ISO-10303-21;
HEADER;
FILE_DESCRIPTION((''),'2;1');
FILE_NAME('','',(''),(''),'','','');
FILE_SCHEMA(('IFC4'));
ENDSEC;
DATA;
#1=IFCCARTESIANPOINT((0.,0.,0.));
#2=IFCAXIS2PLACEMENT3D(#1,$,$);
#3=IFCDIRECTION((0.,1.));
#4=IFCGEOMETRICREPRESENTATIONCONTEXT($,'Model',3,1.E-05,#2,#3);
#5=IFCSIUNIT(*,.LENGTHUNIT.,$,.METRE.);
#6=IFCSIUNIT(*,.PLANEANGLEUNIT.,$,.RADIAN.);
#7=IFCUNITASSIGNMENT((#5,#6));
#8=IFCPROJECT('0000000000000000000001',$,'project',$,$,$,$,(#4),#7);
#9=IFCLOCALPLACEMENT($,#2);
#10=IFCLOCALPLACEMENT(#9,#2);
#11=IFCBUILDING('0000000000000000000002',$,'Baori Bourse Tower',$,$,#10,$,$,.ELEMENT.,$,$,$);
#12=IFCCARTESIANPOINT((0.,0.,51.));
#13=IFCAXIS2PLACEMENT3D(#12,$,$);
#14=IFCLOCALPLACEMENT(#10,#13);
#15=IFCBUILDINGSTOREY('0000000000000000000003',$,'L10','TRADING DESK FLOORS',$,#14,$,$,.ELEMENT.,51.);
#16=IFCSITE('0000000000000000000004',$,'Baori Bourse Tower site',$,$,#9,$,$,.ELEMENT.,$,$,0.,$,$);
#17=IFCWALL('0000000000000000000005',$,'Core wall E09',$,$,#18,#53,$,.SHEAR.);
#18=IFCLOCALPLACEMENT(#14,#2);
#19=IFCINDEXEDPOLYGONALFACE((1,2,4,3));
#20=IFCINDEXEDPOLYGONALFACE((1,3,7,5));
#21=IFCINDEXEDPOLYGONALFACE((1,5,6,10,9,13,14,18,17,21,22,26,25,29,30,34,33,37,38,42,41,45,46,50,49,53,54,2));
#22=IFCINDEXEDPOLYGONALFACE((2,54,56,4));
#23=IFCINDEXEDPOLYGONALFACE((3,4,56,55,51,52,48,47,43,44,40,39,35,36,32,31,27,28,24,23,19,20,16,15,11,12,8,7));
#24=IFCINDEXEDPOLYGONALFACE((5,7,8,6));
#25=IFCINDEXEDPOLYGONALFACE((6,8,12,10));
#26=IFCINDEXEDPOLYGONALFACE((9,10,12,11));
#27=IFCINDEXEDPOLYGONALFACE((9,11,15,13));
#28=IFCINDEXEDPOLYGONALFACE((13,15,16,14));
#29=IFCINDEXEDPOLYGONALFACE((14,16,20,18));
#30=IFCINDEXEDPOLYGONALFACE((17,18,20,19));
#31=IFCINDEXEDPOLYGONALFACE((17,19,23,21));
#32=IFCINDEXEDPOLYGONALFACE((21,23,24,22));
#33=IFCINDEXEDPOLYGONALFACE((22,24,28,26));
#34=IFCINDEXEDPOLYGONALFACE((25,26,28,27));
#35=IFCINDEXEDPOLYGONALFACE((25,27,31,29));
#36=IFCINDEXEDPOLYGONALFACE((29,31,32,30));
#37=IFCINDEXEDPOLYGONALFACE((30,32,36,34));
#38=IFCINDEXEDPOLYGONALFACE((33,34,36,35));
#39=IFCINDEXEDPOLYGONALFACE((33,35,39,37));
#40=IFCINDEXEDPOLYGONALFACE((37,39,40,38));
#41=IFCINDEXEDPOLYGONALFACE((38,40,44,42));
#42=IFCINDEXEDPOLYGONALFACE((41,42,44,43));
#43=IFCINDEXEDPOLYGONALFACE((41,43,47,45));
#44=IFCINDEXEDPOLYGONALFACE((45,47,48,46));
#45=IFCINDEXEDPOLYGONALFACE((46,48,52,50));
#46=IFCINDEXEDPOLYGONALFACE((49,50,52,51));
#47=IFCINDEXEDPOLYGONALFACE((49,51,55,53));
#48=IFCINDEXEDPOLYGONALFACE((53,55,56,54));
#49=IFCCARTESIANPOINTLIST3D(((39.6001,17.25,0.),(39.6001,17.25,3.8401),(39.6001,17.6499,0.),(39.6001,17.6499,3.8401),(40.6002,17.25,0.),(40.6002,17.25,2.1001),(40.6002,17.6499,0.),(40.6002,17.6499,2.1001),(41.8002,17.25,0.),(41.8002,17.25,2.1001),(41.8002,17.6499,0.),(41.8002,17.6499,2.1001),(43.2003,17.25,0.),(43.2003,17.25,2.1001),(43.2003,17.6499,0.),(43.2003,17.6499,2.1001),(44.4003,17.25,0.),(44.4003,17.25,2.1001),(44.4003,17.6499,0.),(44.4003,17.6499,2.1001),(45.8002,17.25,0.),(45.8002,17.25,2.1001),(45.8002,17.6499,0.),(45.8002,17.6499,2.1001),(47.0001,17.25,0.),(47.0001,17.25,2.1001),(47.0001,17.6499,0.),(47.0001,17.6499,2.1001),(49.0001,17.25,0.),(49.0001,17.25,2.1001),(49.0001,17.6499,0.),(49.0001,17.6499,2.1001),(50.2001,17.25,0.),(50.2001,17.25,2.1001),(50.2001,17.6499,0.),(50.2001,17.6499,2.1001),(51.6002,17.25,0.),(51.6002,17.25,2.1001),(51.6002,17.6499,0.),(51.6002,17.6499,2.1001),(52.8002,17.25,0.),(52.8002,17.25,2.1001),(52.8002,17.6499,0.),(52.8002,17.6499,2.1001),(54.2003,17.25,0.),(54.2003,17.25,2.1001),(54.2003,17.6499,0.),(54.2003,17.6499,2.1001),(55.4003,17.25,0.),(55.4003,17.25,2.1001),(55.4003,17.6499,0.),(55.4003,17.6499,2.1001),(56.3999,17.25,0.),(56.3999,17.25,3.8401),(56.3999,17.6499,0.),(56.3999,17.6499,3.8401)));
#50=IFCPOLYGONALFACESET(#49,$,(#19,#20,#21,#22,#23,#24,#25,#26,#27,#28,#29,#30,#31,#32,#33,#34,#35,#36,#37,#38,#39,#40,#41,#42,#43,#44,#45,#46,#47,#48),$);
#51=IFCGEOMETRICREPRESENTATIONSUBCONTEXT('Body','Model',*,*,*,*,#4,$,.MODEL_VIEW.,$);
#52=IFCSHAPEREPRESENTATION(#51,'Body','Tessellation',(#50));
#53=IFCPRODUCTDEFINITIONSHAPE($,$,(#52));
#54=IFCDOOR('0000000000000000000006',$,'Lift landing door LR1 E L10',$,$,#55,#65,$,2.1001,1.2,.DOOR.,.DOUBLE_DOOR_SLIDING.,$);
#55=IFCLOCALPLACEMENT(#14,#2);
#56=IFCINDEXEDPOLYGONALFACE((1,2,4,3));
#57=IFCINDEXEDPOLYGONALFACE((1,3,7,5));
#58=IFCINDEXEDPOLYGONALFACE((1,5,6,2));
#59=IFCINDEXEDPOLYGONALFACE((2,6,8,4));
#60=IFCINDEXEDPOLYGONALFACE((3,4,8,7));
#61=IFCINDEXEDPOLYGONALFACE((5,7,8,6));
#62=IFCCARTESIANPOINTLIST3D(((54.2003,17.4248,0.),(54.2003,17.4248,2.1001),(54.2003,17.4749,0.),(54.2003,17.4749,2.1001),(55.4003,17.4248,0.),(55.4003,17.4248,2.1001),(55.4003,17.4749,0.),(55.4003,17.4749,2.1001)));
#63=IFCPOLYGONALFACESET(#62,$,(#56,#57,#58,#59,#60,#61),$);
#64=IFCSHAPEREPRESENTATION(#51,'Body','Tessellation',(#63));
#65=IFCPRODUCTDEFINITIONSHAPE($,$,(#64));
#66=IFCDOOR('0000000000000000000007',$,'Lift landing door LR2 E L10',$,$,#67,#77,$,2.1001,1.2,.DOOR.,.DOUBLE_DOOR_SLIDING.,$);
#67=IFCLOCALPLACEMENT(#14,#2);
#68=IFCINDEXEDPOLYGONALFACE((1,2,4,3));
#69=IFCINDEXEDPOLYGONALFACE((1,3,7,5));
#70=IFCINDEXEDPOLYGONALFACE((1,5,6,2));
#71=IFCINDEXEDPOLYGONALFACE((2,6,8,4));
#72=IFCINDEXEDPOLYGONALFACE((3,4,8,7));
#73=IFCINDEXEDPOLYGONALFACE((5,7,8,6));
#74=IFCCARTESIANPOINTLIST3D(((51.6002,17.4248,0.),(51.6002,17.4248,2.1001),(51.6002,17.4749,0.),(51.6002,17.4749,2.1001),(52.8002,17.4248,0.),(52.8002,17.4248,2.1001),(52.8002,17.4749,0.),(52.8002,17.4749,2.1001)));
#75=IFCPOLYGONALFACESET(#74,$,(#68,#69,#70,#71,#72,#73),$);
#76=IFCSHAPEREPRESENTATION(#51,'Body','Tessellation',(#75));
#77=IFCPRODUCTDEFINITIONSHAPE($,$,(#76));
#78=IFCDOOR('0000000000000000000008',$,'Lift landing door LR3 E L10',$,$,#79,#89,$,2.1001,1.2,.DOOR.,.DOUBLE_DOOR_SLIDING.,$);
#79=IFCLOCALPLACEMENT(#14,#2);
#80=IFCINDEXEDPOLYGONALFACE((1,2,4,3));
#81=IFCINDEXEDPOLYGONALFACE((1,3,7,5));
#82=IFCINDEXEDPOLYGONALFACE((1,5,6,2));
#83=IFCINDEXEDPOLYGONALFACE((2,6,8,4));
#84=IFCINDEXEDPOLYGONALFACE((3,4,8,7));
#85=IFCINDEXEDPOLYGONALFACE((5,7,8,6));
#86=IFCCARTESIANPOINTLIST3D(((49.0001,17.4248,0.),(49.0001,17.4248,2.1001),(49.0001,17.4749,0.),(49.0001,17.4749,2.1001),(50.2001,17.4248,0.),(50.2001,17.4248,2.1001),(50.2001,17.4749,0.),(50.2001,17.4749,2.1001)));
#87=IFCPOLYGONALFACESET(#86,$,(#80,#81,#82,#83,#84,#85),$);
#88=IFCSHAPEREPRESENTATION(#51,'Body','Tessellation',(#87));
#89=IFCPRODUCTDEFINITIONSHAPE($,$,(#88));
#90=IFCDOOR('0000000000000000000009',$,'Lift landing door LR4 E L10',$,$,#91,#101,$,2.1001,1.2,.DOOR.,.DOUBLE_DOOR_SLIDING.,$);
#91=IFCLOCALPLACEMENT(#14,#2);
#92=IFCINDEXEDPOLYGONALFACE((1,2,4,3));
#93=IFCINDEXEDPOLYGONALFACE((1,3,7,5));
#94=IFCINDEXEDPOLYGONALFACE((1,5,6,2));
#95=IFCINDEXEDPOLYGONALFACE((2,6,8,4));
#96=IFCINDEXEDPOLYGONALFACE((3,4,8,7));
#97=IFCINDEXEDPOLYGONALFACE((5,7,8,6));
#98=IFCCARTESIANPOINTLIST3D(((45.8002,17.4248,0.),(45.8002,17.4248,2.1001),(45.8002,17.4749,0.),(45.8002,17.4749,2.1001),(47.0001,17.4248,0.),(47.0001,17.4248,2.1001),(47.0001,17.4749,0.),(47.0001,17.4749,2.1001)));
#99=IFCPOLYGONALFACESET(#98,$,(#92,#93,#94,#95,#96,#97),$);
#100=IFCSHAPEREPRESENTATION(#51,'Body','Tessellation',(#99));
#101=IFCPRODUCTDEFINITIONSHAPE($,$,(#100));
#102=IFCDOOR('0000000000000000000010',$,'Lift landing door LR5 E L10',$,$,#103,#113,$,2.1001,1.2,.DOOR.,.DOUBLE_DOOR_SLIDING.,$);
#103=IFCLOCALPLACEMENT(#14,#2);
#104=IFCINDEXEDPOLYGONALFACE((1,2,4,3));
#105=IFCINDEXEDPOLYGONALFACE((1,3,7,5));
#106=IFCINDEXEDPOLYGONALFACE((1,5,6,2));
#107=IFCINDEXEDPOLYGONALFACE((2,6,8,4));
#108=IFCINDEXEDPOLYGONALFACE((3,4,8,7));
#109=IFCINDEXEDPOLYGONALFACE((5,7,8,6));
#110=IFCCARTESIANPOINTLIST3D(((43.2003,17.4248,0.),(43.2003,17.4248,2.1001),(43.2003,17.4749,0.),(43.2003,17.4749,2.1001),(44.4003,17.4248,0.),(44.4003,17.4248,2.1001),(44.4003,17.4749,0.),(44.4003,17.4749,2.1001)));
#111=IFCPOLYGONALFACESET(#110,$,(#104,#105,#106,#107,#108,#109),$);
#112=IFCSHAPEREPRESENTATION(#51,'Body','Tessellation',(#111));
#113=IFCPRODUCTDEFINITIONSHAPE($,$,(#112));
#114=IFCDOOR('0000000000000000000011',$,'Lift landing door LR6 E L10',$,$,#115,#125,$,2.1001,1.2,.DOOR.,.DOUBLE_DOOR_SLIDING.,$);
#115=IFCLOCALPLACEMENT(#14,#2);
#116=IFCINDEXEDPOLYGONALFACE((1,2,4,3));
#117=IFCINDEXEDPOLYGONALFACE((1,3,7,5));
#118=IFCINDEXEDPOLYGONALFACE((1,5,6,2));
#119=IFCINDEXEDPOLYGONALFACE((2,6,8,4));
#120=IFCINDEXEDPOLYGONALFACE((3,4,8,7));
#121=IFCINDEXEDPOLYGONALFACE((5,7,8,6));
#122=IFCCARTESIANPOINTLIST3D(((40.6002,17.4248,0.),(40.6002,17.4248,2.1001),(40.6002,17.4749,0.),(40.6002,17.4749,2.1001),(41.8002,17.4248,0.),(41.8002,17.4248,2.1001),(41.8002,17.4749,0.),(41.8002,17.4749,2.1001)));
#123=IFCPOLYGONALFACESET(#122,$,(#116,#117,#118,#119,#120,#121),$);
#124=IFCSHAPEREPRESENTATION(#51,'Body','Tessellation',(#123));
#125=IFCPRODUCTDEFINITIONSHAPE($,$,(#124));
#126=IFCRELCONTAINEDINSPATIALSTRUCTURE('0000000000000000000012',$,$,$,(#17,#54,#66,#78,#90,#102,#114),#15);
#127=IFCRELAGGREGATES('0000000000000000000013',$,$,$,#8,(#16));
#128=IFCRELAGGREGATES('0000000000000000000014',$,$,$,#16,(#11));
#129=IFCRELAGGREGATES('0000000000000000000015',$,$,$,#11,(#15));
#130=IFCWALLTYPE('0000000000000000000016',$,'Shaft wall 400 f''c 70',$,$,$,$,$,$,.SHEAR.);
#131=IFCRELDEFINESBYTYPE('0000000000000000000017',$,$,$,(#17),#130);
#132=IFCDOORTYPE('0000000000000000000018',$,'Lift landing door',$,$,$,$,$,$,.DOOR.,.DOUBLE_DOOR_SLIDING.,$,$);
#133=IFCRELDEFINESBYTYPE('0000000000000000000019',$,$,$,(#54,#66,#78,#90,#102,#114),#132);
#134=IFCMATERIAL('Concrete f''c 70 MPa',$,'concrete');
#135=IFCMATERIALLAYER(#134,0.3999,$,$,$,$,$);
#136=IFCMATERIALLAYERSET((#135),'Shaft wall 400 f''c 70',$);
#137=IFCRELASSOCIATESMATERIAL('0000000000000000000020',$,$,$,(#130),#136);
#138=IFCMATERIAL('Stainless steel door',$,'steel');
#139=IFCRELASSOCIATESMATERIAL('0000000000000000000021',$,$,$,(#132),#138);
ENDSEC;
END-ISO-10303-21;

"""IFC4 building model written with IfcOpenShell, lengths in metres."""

from ifc_helpers import new_model, si_unit, direction, frame, frame_2d, origin, place, context, subcontext, project, spatial, rectangle, extrude, material, layer, layer_set, type_object, element, fill, save


model = new_model("IFC4")

# Units and contexts
model_context = context("Model", 3, precision=1e-05, world=origin(), true_north=direction((0.0, 1.0)))
body_context = subcontext(model_context, "Body", "Model", "MODEL_VIEW")
ifc_project = project(units=[si_unit("LENGTHUNIT", "METRE"), si_unit("PLANEANGLEUNIT", "RADIAN")], contexts=[model_context])

# Site, building, storey
site_placement = place(None, origin())
site = spatial("IfcSite", under=ifc_project, at=site_placement, Name="Baori Bourse Tower site", CompositionType="ELEMENT", RefElevation=0.0)
building_placement = place(site_placement, origin())
building = spatial("IfcBuilding", under=site, at=building_placement, Name="Baori Bourse Tower", CompositionType="ELEMENT")
storey_placement = place(building_placement, frame((0.0, 0.0, 51.0)))
storey = spatial("IfcBuildingStorey", under=building, at=storey_placement, Name="L10", Description="TRADING DESK FLOORS", CompositionType="ELEMENT", Elevation=51.0)

# Shared definitions
ifc_material_1 = material(Name="Concrete f'c 70 MPa", Category="concrete")
ifc_layer_1 = layer(ifc_material_1, 0.3999)
ifc_layer_set_1 = layer_set([ifc_layer_1], Name="Shaft wall 400 f'c 70")
wall_type_1 = type_object("IfcWallType", Name="Shaft wall 400 f'c 70", PredefinedType="SHEAR", material=ifc_layer_set_1)

# Wall, openings, doors
wall_1_placement = place(storey_placement, frame((39.6001, 17.45, 0.0), z_axis=(0.0, 0.0, 1.0), x_axis=(1.0, 0.0, 0.0)))
wall_1 = element("IfcWall", 1, at=wall_1_placement, inside=storey, type_object=wall_type_1, Name="Core wall E09", PredefinedType="SHEAR", context=body_context, shape_type="SweptSolid", body=[
    extrude(rectangle(XDim=16.7998, YDim=0.3999, at=frame_2d((8.3999, 0.0))), origin(), (0.0, 0.0, 1.0), 3.8401),
])
opening_1_placement = place(wall_1_placement, frame((14.6001, 0.0, 0.0)))
opening_1 = element("IfcOpeningElement", 2, at=opening_1_placement, cuts=wall_1, PredefinedType="OPENING", context=body_context, shape_type="SweptSolid", body=[
    extrude(rectangle(XDim=1.2, YDim=2.1001, at=frame_2d((0.6001, 1.05))), frame((0.0, 0.21, 0.0), z_axis=(0.0, -1.0, 0.0), x_axis=(1.0, 0.0, 0.0)), (0.0, 0.0, 1.0), 0.4199),
])
opening_2_placement = place(wall_1_placement, frame((12.0, 0.0, 0.0)))
opening_2 = element("IfcOpeningElement", 3, at=opening_2_placement, cuts=wall_1, PredefinedType="OPENING", context=body_context, shape_type="SweptSolid", body=[
    extrude(rectangle(XDim=1.2, YDim=2.1001, at=frame_2d((0.6001, 1.05))), frame((0.0, 0.21, 0.0), z_axis=(0.0, -1.0, 0.0), x_axis=(1.0, 0.0, 0.0)), (0.0, 0.0, 1.0), 0.4199),
])
opening_3_placement = place(wall_1_placement, frame((9.3999, 0.0, 0.0)))
opening_3 = element("IfcOpeningElement", 4, at=opening_3_placement, cuts=wall_1, PredefinedType="OPENING", context=body_context, shape_type="SweptSolid", body=[
    extrude(rectangle(XDim=1.2, YDim=2.1001, at=frame_2d((0.6001, 1.05))), frame((0.0, 0.21, 0.0), z_axis=(0.0, -1.0, 0.0), x_axis=(1.0, 0.0, 0.0)), (0.0, 0.0, 1.0), 0.4199),
])
opening_4_placement = place(wall_1_placement, frame((6.2, 0.0, 0.0)))
opening_4 = element("IfcOpeningElement", 5, at=opening_4_placement, cuts=wall_1, PredefinedType="OPENING", context=body_context, shape_type="SweptSolid", body=[
    extrude(rectangle(XDim=1.2, YDim=2.1001, at=frame_2d((0.6001, 1.05))), frame((0.0, 0.21, 0.0), z_axis=(0.0, -1.0, 0.0), x_axis=(1.0, 0.0, 0.0)), (0.0, 0.0, 1.0), 0.4199),
])
opening_5_placement = place(wall_1_placement, frame((3.6001, 0.0, 0.0)))
opening_5 = element("IfcOpeningElement", 6, at=opening_5_placement, cuts=wall_1, PredefinedType="OPENING", context=body_context, shape_type="SweptSolid", body=[
    extrude(rectangle(XDim=1.2, YDim=2.1001, at=frame_2d((0.6001, 1.05))), frame((0.0, 0.21, 0.0), z_axis=(0.0, -1.0, 0.0), x_axis=(1.0, 0.0, 0.0)), (0.0, 0.0, 1.0), 0.4199),
])
opening_6_placement = place(wall_1_placement, frame((1.0, 0.0, 0.0)))
opening_6 = element("IfcOpeningElement", 7, at=opening_6_placement, cuts=wall_1, PredefinedType="OPENING", context=body_context, shape_type="SweptSolid", body=[
    extrude(rectangle(XDim=1.2, YDim=2.1001, at=frame_2d((0.6001, 1.05))), frame((0.0, 0.21, 0.0), z_axis=(0.0, -1.0, 0.0), x_axis=(1.0, 0.0, 0.0)), (0.0, 0.0, 1.0), 0.4199),
])
ifc_material_2 = material(Name="Stainless steel door", Category="steel")
door_type_1 = type_object("IfcDoorType", Name="Lift landing door", OperationType="DOUBLE_DOOR_SLIDING", PredefinedType="DOOR", material=ifc_material_2)
door_1_placement = place(opening_1_placement, origin())
door_1 = element("IfcDoor", 8, at=door_1_placement, inside=storey, type_object=door_type_1, Name="Lift landing door LR1 E L10", OperationType="DOUBLE_DOOR_SLIDING", OverallHeight=2.1001, OverallWidth=1.2, PredefinedType="DOOR", context=body_context, shape_type="SweptSolid", body=[
    extrude(rectangle(XDim=1.2, YDim=2.1001, at=frame_2d((0.6001, 1.05))), frame((0.0, 0.0249, 0.0), z_axis=(0.0, -1.0, 0.0), x_axis=(1.0, 0.0, 0.0)), (0.0, 0.0, 1.0), 0.05),
])
fill(opening_1, door_1)
door_2_placement = place(opening_2_placement, origin())
door_2 = element("IfcDoor", 9, at=door_2_placement, inside=storey, type_object=door_type_1, Name="Lift landing door LR2 E L10", OperationType="DOUBLE_DOOR_SLIDING", OverallHeight=2.1001, OverallWidth=1.2, PredefinedType="DOOR", context=body_context, shape_type="SweptSolid", body=[
    extrude(rectangle(XDim=1.2, YDim=2.1001, at=frame_2d((0.6001, 1.05))), frame((0.0, 0.0249, 0.0), z_axis=(0.0, -1.0, 0.0), x_axis=(1.0, 0.0, 0.0)), (0.0, 0.0, 1.0), 0.05),
])
fill(opening_2, door_2)
door_3_placement = place(opening_3_placement, origin())
door_3 = element("IfcDoor", 10, at=door_3_placement, inside=storey, type_object=door_type_1, Name="Lift landing door LR3 E L10", OperationType="DOUBLE_DOOR_SLIDING", OverallHeight=2.1001, OverallWidth=1.2, PredefinedType="DOOR", context=body_context, shape_type="SweptSolid", body=[
    extrude(rectangle(XDim=1.2, YDim=2.1001, at=frame_2d((0.6001, 1.05))), frame((0.0, 0.0249, 0.0), z_axis=(0.0, -1.0, 0.0), x_axis=(1.0, 0.0, 0.0)), (0.0, 0.0, 1.0), 0.05),
])
fill(opening_3, door_3)
door_4_placement = place(opening_4_placement, origin())
door_4 = element("IfcDoor", 11, at=door_4_placement, inside=storey, type_object=door_type_1, Name="Lift landing door LR4 E L10", OperationType="DOUBLE_DOOR_SLIDING", OverallHeight=2.1001, OverallWidth=1.2, PredefinedType="DOOR", context=body_context, shape_type="SweptSolid", body=[
    extrude(rectangle(XDim=1.2, YDim=2.1001, at=frame_2d((0.6001, 1.05))), frame((0.0, 0.0249, 0.0), z_axis=(0.0, -1.0, 0.0), x_axis=(1.0, 0.0, 0.0)), (0.0, 0.0, 1.0), 0.05),
])
fill(opening_4, door_4)
door_5_placement = place(opening_5_placement, origin())
door_5 = element("IfcDoor", 12, at=door_5_placement, inside=storey, type_object=door_type_1, Name="Lift landing door LR5 E L10", OperationType="DOUBLE_DOOR_SLIDING", OverallHeight=2.1001, OverallWidth=1.2, PredefinedType="DOOR", context=body_context, shape_type="SweptSolid", body=[
    extrude(rectangle(XDim=1.2, YDim=2.1001, at=frame_2d((0.6001, 1.05))), frame((0.0, 0.0249, 0.0), z_axis=(0.0, -1.0, 0.0), x_axis=(1.0, 0.0, 0.0)), (0.0, 0.0, 1.0), 0.05),
])
fill(opening_5, door_5)
door_6_placement = place(opening_6_placement, origin())
door_6 = element("IfcDoor", 13, at=door_6_placement, inside=storey, type_object=door_type_1, Name="Lift landing door LR6 E L10", OperationType="DOUBLE_DOOR_SLIDING", OverallHeight=2.1001, OverallWidth=1.2, PredefinedType="DOOR", context=body_context, shape_type="SweptSolid", body=[
    extrude(rectangle(XDim=1.2, YDim=2.1001, at=frame_2d((0.6001, 1.05))), frame((0.0, 0.0249, 0.0), z_axis=(0.0, -1.0, 0.0), x_axis=(1.0, 0.0, 0.0)), (0.0, 0.0, 1.0), 0.05),
])
fill(opening_6, door_6)

save(model, "model.ifc")
